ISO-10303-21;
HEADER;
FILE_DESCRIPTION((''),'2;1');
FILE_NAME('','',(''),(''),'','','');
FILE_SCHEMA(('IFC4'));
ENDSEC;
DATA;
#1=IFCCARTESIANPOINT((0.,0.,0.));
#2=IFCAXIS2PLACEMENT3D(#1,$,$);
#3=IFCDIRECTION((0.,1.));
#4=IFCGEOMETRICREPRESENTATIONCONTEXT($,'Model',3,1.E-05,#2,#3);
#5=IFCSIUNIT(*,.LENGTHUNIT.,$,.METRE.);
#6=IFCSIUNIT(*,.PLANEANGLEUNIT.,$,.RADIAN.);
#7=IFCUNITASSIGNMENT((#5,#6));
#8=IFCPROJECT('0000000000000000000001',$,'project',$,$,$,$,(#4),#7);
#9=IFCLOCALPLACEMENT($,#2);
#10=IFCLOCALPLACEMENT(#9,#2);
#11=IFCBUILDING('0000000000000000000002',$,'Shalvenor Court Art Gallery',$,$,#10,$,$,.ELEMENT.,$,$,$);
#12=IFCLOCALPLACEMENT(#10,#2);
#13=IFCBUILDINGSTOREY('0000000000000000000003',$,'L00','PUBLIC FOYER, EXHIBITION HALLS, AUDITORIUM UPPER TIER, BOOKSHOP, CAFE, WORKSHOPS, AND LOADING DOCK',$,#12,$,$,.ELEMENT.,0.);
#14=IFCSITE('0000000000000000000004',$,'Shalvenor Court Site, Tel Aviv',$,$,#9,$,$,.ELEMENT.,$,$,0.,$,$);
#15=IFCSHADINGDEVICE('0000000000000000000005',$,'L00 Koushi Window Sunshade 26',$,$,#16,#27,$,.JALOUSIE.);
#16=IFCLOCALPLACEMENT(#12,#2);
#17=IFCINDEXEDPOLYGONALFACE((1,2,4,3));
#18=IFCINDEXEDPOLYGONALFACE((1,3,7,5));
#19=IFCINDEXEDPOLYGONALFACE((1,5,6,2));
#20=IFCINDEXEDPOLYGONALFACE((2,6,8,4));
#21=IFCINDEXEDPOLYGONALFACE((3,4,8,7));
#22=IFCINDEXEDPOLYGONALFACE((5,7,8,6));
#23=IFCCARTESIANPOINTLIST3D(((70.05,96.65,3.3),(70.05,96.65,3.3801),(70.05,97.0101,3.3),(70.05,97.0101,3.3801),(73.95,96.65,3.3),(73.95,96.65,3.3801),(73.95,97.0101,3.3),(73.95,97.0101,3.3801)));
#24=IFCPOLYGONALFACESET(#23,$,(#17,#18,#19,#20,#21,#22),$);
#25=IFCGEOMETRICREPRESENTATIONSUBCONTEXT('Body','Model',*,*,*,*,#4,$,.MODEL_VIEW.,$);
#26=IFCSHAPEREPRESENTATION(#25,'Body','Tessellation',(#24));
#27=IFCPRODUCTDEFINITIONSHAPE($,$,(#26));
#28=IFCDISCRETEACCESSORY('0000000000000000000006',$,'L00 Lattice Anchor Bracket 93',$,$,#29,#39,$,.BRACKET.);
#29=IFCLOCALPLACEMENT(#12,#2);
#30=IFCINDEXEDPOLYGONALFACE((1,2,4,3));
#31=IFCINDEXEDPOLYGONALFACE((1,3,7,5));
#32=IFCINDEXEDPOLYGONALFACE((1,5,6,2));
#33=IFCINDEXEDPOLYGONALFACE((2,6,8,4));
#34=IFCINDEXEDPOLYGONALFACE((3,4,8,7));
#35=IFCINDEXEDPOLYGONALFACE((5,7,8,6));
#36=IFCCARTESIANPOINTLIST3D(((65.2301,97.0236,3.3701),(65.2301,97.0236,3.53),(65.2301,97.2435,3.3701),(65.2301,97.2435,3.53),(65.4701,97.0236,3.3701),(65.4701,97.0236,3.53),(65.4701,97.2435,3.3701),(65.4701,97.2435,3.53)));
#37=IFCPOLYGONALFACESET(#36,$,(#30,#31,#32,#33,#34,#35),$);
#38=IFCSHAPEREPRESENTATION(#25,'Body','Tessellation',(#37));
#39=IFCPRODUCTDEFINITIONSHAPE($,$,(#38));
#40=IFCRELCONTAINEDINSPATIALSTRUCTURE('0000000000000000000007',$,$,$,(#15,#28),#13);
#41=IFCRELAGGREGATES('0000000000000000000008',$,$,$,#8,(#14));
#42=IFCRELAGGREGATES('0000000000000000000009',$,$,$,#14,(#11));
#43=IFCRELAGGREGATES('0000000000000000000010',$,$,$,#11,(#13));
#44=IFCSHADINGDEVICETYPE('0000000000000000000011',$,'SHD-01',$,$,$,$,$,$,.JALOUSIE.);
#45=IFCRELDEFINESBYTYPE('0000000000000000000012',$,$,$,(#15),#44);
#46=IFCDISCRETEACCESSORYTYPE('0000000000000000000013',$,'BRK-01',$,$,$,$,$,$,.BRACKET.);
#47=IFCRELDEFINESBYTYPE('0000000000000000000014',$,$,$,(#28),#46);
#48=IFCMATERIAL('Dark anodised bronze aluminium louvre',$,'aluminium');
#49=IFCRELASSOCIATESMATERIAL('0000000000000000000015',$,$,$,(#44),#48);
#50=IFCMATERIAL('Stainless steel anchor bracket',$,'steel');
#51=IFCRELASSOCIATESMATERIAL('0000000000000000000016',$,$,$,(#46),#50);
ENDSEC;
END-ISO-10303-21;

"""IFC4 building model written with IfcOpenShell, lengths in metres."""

from ifc_helpers import new_model, si_unit, direction, frame, origin, origin_2d, place, context, subcontext, project, spatial, rectangle, extrude, material, type_object, element, save


model = new_model("IFC4")

# Units and contexts
model_context = context("Model", 3, precision=1e-05, world=origin(), true_north=direction((0.0, 1.0)))
body_context = subcontext(model_context, "Body", "Model", "MODEL_VIEW")
ifc_project = project(units=[si_unit("LENGTHUNIT", "METRE"), si_unit("PLANEANGLEUNIT", "RADIAN")], contexts=[model_context])

# Site, building, storey
site_placement = place(None, origin())
site = spatial("IfcSite", under=ifc_project, at=site_placement, Name="Shalvenor Court Site, Tel Aviv", CompositionType="ELEMENT", RefElevation=0.0)
building_placement = place(site_placement, origin())
building = spatial("IfcBuilding", under=site, at=building_placement, Name="Shalvenor Court Art Gallery", CompositionType="ELEMENT")
storey_placement = place(building_placement, origin())
storey = spatial("IfcBuildingStorey", under=building, at=storey_placement, Name="L00", Description="PUBLIC FOYER, EXHIBITION HALLS, AUDITORIUM UPPER TIER, BOOKSHOP, CAFE, WORKSHOPS, AND LOADING DOCK", CompositionType="ELEMENT", Elevation=0.0)

# Shading device
ifc_material_1 = material(Name="Dark anodised bronze aluminium louvre", Category="aluminium")
shading_device_type = type_object("IfcShadingDeviceType", Name="SHD-01", PredefinedType="JALOUSIE", material=ifc_material_1)
shading_device_placement = place(storey_placement, frame((72.0, 96.8301, 3.3), z_axis=(0.0, 0.0, 1.0), x_axis=(-1.0, 0.0, 0.0)))
element("IfcShadingDevice", 1, at=shading_device_placement, inside=storey, type_object=shading_device_type, Name="L00 Koushi Window Sunshade 26", PredefinedType="JALOUSIE", context=body_context, shape_type="SweptSolid", body=[
    extrude(rectangle(XDim=3.8999, YDim=0.3601, at=origin_2d()), origin(), (0.0, 0.0, 1.0), 0.0801),
])

# Discrete accessory
ifc_material_2 = material(Name="Stainless steel anchor bracket", Category="steel")
discrete_accessory_type = type_object("IfcDiscreteAccessoryType", Name="BRK-01", PredefinedType="BRACKET", material=ifc_material_2)
discrete_accessory_placement = place(storey_placement, frame((65.3501, 97.1335, 3.3701), z_axis=(0.0, 0.0, 1.0), x_axis=(-1.0, 0.0, 0.0)))
element("IfcDiscreteAccessory", 2, at=discrete_accessory_placement, inside=storey, type_object=discrete_accessory_type, Name="L00 Lattice Anchor Bracket 93", PredefinedType="BRACKET", context=body_context, shape_type="SweptSolid", body=[
    extrude(rectangle(XDim=0.24, YDim=0.22, at=origin_2d()), origin(), (0.0, 0.0, 1.0), 0.1599),
])

save(model, "model.ifc")
